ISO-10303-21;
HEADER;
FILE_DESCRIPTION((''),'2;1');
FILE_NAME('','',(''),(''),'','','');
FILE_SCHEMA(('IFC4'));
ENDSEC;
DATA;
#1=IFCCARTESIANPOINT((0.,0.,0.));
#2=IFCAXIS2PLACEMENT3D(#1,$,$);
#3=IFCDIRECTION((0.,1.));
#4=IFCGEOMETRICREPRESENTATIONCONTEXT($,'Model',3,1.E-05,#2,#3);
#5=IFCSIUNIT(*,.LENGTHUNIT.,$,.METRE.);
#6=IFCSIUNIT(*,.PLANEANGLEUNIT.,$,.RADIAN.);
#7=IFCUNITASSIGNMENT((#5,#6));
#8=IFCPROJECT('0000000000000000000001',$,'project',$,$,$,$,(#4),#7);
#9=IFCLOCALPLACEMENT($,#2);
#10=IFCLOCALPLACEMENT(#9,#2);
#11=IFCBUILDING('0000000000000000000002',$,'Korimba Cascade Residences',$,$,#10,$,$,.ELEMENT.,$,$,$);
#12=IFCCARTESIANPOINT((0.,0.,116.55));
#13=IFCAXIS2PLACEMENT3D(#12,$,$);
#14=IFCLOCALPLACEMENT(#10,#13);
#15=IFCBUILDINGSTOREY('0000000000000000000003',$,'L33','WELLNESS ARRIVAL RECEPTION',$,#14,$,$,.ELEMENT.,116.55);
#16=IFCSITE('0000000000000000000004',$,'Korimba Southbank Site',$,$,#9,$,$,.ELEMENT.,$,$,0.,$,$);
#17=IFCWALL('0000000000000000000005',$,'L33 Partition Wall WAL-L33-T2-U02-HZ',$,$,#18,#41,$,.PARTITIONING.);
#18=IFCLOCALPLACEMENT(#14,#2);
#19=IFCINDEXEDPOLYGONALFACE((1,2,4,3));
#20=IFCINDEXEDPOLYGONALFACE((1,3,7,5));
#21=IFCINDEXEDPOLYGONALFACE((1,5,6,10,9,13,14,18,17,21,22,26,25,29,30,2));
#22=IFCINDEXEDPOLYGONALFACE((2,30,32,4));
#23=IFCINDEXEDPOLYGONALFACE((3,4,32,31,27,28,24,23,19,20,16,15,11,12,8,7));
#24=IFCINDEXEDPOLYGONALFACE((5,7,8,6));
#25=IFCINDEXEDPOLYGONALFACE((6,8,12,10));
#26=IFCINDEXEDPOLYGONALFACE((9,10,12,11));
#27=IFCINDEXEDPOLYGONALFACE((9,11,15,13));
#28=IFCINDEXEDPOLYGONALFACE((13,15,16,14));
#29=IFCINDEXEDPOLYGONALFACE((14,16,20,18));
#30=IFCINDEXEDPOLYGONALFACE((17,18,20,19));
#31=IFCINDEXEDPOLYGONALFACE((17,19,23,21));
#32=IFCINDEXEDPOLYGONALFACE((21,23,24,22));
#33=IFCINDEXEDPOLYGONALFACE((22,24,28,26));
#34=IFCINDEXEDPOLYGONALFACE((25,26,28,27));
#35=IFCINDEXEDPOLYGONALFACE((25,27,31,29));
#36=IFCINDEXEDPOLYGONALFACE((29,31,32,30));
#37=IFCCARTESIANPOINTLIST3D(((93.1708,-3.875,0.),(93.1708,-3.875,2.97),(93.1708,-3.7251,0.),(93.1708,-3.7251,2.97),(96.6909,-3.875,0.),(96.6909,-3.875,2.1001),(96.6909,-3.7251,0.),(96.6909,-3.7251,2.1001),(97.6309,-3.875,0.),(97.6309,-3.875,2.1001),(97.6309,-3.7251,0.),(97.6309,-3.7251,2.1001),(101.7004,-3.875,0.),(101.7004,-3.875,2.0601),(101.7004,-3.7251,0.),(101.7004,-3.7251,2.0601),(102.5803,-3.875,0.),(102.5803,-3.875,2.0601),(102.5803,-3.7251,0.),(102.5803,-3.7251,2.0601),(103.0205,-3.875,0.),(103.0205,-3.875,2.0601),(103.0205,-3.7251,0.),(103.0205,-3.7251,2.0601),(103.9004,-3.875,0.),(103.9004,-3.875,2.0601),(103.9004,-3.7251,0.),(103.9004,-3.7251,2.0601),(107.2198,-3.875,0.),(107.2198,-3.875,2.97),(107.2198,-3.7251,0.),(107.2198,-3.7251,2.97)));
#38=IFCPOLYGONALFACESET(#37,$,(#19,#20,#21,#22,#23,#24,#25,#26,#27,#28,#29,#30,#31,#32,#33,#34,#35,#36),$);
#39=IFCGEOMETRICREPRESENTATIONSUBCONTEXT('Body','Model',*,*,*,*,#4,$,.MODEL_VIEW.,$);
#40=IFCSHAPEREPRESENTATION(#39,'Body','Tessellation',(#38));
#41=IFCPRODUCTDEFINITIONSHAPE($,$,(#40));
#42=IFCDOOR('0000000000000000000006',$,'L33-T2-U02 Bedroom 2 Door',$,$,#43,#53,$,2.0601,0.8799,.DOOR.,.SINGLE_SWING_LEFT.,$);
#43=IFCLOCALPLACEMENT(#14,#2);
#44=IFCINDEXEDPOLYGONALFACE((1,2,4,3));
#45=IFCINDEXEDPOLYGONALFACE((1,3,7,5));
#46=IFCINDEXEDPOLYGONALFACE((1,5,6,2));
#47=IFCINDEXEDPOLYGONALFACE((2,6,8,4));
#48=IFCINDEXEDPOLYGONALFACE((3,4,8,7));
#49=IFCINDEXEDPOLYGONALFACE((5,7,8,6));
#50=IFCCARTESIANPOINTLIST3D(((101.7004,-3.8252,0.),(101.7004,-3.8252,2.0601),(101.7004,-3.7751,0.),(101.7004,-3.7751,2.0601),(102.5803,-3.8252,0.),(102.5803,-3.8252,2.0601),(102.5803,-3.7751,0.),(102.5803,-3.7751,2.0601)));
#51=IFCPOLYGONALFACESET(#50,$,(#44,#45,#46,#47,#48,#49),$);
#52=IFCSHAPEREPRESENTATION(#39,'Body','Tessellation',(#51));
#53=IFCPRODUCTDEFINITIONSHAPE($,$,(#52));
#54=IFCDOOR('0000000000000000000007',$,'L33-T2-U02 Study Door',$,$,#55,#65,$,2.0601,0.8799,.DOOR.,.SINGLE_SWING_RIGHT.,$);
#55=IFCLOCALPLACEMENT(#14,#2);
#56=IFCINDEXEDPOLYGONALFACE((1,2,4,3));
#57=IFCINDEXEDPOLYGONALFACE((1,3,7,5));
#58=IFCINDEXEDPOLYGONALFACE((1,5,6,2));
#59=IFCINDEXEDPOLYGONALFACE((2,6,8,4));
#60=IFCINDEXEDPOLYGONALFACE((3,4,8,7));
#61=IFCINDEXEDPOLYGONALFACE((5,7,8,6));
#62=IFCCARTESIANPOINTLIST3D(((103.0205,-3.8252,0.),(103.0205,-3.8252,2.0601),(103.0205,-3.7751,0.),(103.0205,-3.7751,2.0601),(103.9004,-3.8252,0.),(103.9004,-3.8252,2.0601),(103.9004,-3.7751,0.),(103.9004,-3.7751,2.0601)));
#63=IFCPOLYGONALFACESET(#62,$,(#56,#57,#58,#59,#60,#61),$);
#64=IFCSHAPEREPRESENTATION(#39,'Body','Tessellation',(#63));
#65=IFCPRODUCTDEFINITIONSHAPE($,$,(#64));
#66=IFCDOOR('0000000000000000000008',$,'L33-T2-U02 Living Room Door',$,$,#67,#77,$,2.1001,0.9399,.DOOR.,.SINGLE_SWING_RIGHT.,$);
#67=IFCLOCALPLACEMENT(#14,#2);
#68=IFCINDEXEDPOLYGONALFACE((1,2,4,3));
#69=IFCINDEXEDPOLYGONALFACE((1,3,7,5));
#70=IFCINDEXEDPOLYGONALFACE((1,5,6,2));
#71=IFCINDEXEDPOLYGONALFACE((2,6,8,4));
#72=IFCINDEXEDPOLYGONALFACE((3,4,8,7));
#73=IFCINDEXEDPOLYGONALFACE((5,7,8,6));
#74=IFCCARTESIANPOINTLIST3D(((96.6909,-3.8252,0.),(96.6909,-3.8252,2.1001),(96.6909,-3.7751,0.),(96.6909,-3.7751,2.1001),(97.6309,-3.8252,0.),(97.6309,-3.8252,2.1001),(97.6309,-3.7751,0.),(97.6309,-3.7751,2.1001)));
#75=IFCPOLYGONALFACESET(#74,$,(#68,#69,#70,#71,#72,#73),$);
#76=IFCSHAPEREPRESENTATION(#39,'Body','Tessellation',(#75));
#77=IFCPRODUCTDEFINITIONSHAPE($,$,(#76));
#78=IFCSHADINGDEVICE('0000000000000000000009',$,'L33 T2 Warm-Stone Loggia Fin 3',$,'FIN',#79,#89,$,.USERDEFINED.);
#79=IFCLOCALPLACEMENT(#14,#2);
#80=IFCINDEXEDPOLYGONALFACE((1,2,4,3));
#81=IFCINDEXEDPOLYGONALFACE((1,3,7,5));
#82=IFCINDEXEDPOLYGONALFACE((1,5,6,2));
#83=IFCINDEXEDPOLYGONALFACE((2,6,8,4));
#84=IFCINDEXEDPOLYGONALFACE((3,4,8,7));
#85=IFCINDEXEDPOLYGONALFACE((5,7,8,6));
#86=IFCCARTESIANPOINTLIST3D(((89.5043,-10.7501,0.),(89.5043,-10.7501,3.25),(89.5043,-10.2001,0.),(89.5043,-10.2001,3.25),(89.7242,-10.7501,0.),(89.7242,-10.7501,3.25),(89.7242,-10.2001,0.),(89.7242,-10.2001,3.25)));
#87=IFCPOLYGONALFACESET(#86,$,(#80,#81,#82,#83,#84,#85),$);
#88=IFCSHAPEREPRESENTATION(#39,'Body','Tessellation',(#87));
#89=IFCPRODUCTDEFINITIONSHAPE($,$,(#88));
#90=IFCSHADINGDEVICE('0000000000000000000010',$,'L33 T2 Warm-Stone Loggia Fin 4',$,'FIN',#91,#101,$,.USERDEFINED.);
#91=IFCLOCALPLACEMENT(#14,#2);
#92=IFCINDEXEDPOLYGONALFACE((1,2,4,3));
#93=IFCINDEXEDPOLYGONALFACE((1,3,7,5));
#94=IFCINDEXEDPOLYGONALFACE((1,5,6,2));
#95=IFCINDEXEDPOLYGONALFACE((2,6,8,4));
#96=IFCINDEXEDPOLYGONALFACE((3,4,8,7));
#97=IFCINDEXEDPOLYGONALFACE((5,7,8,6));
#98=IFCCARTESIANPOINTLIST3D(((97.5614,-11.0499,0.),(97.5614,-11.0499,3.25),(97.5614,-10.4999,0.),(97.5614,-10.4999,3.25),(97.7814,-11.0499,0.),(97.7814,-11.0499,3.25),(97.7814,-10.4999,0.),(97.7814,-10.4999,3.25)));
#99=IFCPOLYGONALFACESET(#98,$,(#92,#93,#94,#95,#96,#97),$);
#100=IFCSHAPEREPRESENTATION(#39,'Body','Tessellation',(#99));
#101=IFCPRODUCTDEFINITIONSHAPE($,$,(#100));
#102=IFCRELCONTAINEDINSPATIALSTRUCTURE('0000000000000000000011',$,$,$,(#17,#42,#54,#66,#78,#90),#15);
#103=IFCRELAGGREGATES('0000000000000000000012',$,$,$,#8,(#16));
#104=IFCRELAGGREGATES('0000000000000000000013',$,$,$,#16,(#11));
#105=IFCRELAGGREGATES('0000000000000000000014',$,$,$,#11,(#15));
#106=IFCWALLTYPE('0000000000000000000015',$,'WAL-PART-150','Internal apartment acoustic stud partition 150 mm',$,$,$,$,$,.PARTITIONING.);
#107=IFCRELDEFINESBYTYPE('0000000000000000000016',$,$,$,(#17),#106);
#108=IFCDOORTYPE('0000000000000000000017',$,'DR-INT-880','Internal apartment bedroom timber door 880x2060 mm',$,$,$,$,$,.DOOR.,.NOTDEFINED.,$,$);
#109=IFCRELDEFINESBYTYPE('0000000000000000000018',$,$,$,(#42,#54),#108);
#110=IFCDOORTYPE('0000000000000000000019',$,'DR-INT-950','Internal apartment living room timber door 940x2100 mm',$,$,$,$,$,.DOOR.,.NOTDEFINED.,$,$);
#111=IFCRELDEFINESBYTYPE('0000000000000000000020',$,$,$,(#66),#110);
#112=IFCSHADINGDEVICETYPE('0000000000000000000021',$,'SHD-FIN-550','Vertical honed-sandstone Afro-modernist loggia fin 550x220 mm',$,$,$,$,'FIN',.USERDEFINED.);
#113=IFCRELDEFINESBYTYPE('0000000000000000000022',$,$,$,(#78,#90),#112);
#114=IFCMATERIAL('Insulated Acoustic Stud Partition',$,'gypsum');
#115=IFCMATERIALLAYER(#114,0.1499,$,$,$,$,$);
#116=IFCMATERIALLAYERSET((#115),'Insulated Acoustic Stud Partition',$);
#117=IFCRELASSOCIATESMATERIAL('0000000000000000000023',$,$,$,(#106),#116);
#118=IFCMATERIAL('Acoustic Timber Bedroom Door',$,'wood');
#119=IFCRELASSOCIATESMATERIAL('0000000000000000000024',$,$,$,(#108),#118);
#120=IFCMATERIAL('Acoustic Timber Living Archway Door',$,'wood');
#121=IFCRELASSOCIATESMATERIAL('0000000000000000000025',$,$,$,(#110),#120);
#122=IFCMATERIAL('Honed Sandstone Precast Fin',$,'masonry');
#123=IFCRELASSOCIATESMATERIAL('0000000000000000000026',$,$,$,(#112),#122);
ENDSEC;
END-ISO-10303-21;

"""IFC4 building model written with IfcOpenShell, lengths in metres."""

from ifc_helpers import new_model, si_unit, direction, frame, frame_2d, origin, origin_2d, place, context, subcontext, project, spatial, rectangle, extrude, material, layer, layer_set, type_object, element, fill, save


model = new_model("IFC4")

# Units and contexts
model_context = context("Model", 3, precision=1e-05, world=origin(), true_north=direction((0.0, 1.0)))
body_context = subcontext(model_context, "Body", "Model", "MODEL_VIEW")
ifc_project = project(units=[si_unit("LENGTHUNIT", "METRE"), si_unit("PLANEANGLEUNIT", "RADIAN")], contexts=[model_context])

# Site, building, storey
site_placement = place(None, origin())
site = spatial("IfcSite", under=ifc_project, at=site_placement, Name="Korimba Southbank Site", CompositionType="ELEMENT", RefElevation=0.0)
building_placement = place(site_placement, origin())
building = spatial("IfcBuilding", under=site, at=building_placement, Name="Korimba Cascade Residences", CompositionType="ELEMENT")
storey_placement = place(building_placement, frame((0.0, 0.0, 116.55)))
storey = spatial("IfcBuildingStorey", under=building, at=storey_placement, Name="L33", Description="WELLNESS ARRIVAL RECEPTION", CompositionType="ELEMENT", Elevation=116.55)

# Wall, openings, doors
ifc_material_1 = material(Name="Insulated Acoustic Stud Partition", Category="gypsum")
ifc_layer_1 = layer(ifc_material_1, 0.1499)
ifc_layer_set_1 = layer_set([ifc_layer_1], Name="Insulated Acoustic Stud Partition")
wall_type_1 = type_object("IfcWallType", Name="WAL-PART-150", Description="Internal apartment acoustic stud partition 150 mm", PredefinedType="PARTITIONING", material=ifc_layer_set_1)
ifc_material_2 = material(Name="Acoustic Timber Bedroom Door", Category="wood")
door_type_1 = type_object("IfcDoorType", Name="DR-INT-880", Description="Internal apartment bedroom timber door 880x2060 mm", OperationType="NOTDEFINED", PredefinedType="DOOR", material=ifc_material_2)
wall_1_placement = place(storey_placement, frame((93.1709, -3.8, 0.0), z_axis=(0.0, 0.0, 1.0), x_axis=(1.0, 0.0, 0.0)))
wall_1 = element("IfcWall", 1, at=wall_1_placement, inside=storey, type_object=wall_type_1, Name="L33 Partition Wall WAL-L33-T2-U02-HZ", PredefinedType="PARTITIONING", context=body_context, shape_type="SweptSolid", body=[
    extrude(rectangle(XDim=14.0491, YDim=0.1499, at=frame_2d((7.0244, 0.0))), origin(), (0.0, 0.0, 1.0), 2.97),
])
opening_1_placement = place(wall_1_placement, frame((3.52, 0.0, 0.0)))
opening_1 = element("IfcOpeningElement", 2, at=opening_1_placement, cuts=wall_1, PredefinedType="OPENING", context=body_context, shape_type="SweptSolid", body=[
    extrude(rectangle(XDim=0.9399, YDim=2.1001, at=frame_2d((0.47, 1.05))), frame((0.0, 0.085, 0.0), z_axis=(0.0, -1.0, 0.0), x_axis=(1.0, 0.0, 0.0)), (0.0, 0.0, 1.0), 0.1699),
])
opening_2_placement = place(wall_1_placement, frame((8.5295, 0.0, 0.0)))
opening_2 = element("IfcOpeningElement", 3, at=opening_2_placement, cuts=wall_1, PredefinedType="OPENING", context=body_context, shape_type="SweptSolid", body=[
    extrude(rectangle(XDim=0.8799, YDim=2.0601, at=frame_2d((0.4399, 1.03))), frame((0.0, 0.085, 0.0), z_axis=(0.0, -1.0, 0.0), x_axis=(1.0, 0.0, 0.0)), (0.0, 0.0, 1.0), 0.1699),
])
opening_3_placement = place(wall_1_placement, frame((9.8496, 0.0, 0.0)))
opening_3 = element("IfcOpeningElement", 4, at=opening_3_placement, cuts=wall_1, PredefinedType="OPENING", context=body_context, shape_type="SweptSolid", body=[
    extrude(rectangle(XDim=0.8799, YDim=2.0601, at=frame_2d((0.4399, 1.03))), frame((0.0, 0.085, 0.0), z_axis=(0.0, -1.0, 0.0), x_axis=(1.0, 0.0, 0.0)), (0.0, 0.0, 1.0), 0.1699),
])
door_1_placement = place(opening_2_placement, origin())
door_1 = element("IfcDoor", 5, at=door_1_placement, inside=storey, type_object=door_type_1, Name="L33-T2-U02 Bedroom 2 Door", OperationType="SINGLE_SWING_LEFT", OverallHeight=2.0601, OverallWidth=0.8799, PredefinedType="DOOR", context=body_context, shape_type="SweptSolid", body=[
    extrude(rectangle(XDim=0.8799, YDim=2.0601, at=frame_2d((0.4399, 1.03))), frame((0.0, 0.0249, 0.0), z_axis=(0.0, -1.0, 0.0), x_axis=(1.0, 0.0, 0.0)), (0.0, 0.0, 1.0), 0.05),
])
fill(opening_2, door_1)
door_2_placement = place(opening_3_placement, origin())
door_2 = element("IfcDoor", 6, at=door_2_placement, inside=storey, type_object=door_type_1, Name="L33-T2-U02 Study Door", OperationType="SINGLE_SWING_RIGHT", OverallHeight=2.0601, OverallWidth=0.8799, PredefinedType="DOOR", context=body_context, shape_type="SweptSolid", body=[
    extrude(rectangle(XDim=0.8799, YDim=2.0601, at=frame_2d((0.4399, 1.03))), frame((0.0, 0.0249, 0.0), z_axis=(0.0, -1.0, 0.0), x_axis=(1.0, 0.0, 0.0)), (0.0, 0.0, 1.0), 0.05),
])
fill(opening_3, door_2)
ifc_material_3 = material(Name="Acoustic Timber Living Archway Door", Category="wood")
door_type_2 = type_object("IfcDoorType", Name="DR-INT-950", Description="Internal apartment living room timber door 940x2100 mm", OperationType="NOTDEFINED", PredefinedType="DOOR", material=ifc_material_3)
door_3_placement = place(opening_1_placement, origin())
door_3 = element("IfcDoor", 7, at=door_3_placement, inside=storey, type_object=door_type_2, Name="L33-T2-U02 Living Room Door", OperationType="SINGLE_SWING_RIGHT", OverallHeight=2.1001, OverallWidth=0.9399, PredefinedType="DOOR", context=body_context, shape_type="SweptSolid", body=[
    extrude(rectangle(XDim=0.9399, YDim=2.1001, at=frame_2d((0.47, 1.05))), frame((0.0, 0.0249, 0.0), z_axis=(0.0, -1.0, 0.0), x_axis=(1.0, 0.0, 0.0)), (0.0, 0.0, 1.0), 0.05),
])
fill(opening_1, door_3)

# Shading devices
ifc_material_4 = material(Name="Honed Sandstone Precast Fin", Category="masonry")
shading_device_type = type_object("IfcShadingDeviceType", Name="SHD-FIN-550", Description="Vertical honed-sandstone Afro-modernist loggia fin 550x220 mm", ElementType="FIN", PredefinedType="USERDEFINED", material=ifc_material_4)
for number, where, z_axis, x_axis, name in (
    (8, (89.6143, -10.4751, 0.0), (0.0, 0.0, 1.0), (1.0, 0.0, 0.0), "L33 T2 Warm-Stone Loggia Fin 3"),
    (9, (97.6714, -10.7749, 0.0), (0.0, 0.0, 1.0), (1.0, 0.0, 0.0), "L33 T2 Warm-Stone Loggia Fin 4"),
):
    element("IfcShadingDevice", number, at=place(storey_placement, frame(where, z_axis=z_axis, x_axis=x_axis)), inside=storey, type_object=shading_device_type, Name=name, ObjectType="FIN", PredefinedType="USERDEFINED", context=body_context, shape_type="SweptSolid", body=[
        extrude(rectangle(XDim=0.22, YDim=0.55, at=origin_2d()), origin(), (0.0, 0.0, 1.0), 3.25),
    ])

save(model, "model.ifc")
